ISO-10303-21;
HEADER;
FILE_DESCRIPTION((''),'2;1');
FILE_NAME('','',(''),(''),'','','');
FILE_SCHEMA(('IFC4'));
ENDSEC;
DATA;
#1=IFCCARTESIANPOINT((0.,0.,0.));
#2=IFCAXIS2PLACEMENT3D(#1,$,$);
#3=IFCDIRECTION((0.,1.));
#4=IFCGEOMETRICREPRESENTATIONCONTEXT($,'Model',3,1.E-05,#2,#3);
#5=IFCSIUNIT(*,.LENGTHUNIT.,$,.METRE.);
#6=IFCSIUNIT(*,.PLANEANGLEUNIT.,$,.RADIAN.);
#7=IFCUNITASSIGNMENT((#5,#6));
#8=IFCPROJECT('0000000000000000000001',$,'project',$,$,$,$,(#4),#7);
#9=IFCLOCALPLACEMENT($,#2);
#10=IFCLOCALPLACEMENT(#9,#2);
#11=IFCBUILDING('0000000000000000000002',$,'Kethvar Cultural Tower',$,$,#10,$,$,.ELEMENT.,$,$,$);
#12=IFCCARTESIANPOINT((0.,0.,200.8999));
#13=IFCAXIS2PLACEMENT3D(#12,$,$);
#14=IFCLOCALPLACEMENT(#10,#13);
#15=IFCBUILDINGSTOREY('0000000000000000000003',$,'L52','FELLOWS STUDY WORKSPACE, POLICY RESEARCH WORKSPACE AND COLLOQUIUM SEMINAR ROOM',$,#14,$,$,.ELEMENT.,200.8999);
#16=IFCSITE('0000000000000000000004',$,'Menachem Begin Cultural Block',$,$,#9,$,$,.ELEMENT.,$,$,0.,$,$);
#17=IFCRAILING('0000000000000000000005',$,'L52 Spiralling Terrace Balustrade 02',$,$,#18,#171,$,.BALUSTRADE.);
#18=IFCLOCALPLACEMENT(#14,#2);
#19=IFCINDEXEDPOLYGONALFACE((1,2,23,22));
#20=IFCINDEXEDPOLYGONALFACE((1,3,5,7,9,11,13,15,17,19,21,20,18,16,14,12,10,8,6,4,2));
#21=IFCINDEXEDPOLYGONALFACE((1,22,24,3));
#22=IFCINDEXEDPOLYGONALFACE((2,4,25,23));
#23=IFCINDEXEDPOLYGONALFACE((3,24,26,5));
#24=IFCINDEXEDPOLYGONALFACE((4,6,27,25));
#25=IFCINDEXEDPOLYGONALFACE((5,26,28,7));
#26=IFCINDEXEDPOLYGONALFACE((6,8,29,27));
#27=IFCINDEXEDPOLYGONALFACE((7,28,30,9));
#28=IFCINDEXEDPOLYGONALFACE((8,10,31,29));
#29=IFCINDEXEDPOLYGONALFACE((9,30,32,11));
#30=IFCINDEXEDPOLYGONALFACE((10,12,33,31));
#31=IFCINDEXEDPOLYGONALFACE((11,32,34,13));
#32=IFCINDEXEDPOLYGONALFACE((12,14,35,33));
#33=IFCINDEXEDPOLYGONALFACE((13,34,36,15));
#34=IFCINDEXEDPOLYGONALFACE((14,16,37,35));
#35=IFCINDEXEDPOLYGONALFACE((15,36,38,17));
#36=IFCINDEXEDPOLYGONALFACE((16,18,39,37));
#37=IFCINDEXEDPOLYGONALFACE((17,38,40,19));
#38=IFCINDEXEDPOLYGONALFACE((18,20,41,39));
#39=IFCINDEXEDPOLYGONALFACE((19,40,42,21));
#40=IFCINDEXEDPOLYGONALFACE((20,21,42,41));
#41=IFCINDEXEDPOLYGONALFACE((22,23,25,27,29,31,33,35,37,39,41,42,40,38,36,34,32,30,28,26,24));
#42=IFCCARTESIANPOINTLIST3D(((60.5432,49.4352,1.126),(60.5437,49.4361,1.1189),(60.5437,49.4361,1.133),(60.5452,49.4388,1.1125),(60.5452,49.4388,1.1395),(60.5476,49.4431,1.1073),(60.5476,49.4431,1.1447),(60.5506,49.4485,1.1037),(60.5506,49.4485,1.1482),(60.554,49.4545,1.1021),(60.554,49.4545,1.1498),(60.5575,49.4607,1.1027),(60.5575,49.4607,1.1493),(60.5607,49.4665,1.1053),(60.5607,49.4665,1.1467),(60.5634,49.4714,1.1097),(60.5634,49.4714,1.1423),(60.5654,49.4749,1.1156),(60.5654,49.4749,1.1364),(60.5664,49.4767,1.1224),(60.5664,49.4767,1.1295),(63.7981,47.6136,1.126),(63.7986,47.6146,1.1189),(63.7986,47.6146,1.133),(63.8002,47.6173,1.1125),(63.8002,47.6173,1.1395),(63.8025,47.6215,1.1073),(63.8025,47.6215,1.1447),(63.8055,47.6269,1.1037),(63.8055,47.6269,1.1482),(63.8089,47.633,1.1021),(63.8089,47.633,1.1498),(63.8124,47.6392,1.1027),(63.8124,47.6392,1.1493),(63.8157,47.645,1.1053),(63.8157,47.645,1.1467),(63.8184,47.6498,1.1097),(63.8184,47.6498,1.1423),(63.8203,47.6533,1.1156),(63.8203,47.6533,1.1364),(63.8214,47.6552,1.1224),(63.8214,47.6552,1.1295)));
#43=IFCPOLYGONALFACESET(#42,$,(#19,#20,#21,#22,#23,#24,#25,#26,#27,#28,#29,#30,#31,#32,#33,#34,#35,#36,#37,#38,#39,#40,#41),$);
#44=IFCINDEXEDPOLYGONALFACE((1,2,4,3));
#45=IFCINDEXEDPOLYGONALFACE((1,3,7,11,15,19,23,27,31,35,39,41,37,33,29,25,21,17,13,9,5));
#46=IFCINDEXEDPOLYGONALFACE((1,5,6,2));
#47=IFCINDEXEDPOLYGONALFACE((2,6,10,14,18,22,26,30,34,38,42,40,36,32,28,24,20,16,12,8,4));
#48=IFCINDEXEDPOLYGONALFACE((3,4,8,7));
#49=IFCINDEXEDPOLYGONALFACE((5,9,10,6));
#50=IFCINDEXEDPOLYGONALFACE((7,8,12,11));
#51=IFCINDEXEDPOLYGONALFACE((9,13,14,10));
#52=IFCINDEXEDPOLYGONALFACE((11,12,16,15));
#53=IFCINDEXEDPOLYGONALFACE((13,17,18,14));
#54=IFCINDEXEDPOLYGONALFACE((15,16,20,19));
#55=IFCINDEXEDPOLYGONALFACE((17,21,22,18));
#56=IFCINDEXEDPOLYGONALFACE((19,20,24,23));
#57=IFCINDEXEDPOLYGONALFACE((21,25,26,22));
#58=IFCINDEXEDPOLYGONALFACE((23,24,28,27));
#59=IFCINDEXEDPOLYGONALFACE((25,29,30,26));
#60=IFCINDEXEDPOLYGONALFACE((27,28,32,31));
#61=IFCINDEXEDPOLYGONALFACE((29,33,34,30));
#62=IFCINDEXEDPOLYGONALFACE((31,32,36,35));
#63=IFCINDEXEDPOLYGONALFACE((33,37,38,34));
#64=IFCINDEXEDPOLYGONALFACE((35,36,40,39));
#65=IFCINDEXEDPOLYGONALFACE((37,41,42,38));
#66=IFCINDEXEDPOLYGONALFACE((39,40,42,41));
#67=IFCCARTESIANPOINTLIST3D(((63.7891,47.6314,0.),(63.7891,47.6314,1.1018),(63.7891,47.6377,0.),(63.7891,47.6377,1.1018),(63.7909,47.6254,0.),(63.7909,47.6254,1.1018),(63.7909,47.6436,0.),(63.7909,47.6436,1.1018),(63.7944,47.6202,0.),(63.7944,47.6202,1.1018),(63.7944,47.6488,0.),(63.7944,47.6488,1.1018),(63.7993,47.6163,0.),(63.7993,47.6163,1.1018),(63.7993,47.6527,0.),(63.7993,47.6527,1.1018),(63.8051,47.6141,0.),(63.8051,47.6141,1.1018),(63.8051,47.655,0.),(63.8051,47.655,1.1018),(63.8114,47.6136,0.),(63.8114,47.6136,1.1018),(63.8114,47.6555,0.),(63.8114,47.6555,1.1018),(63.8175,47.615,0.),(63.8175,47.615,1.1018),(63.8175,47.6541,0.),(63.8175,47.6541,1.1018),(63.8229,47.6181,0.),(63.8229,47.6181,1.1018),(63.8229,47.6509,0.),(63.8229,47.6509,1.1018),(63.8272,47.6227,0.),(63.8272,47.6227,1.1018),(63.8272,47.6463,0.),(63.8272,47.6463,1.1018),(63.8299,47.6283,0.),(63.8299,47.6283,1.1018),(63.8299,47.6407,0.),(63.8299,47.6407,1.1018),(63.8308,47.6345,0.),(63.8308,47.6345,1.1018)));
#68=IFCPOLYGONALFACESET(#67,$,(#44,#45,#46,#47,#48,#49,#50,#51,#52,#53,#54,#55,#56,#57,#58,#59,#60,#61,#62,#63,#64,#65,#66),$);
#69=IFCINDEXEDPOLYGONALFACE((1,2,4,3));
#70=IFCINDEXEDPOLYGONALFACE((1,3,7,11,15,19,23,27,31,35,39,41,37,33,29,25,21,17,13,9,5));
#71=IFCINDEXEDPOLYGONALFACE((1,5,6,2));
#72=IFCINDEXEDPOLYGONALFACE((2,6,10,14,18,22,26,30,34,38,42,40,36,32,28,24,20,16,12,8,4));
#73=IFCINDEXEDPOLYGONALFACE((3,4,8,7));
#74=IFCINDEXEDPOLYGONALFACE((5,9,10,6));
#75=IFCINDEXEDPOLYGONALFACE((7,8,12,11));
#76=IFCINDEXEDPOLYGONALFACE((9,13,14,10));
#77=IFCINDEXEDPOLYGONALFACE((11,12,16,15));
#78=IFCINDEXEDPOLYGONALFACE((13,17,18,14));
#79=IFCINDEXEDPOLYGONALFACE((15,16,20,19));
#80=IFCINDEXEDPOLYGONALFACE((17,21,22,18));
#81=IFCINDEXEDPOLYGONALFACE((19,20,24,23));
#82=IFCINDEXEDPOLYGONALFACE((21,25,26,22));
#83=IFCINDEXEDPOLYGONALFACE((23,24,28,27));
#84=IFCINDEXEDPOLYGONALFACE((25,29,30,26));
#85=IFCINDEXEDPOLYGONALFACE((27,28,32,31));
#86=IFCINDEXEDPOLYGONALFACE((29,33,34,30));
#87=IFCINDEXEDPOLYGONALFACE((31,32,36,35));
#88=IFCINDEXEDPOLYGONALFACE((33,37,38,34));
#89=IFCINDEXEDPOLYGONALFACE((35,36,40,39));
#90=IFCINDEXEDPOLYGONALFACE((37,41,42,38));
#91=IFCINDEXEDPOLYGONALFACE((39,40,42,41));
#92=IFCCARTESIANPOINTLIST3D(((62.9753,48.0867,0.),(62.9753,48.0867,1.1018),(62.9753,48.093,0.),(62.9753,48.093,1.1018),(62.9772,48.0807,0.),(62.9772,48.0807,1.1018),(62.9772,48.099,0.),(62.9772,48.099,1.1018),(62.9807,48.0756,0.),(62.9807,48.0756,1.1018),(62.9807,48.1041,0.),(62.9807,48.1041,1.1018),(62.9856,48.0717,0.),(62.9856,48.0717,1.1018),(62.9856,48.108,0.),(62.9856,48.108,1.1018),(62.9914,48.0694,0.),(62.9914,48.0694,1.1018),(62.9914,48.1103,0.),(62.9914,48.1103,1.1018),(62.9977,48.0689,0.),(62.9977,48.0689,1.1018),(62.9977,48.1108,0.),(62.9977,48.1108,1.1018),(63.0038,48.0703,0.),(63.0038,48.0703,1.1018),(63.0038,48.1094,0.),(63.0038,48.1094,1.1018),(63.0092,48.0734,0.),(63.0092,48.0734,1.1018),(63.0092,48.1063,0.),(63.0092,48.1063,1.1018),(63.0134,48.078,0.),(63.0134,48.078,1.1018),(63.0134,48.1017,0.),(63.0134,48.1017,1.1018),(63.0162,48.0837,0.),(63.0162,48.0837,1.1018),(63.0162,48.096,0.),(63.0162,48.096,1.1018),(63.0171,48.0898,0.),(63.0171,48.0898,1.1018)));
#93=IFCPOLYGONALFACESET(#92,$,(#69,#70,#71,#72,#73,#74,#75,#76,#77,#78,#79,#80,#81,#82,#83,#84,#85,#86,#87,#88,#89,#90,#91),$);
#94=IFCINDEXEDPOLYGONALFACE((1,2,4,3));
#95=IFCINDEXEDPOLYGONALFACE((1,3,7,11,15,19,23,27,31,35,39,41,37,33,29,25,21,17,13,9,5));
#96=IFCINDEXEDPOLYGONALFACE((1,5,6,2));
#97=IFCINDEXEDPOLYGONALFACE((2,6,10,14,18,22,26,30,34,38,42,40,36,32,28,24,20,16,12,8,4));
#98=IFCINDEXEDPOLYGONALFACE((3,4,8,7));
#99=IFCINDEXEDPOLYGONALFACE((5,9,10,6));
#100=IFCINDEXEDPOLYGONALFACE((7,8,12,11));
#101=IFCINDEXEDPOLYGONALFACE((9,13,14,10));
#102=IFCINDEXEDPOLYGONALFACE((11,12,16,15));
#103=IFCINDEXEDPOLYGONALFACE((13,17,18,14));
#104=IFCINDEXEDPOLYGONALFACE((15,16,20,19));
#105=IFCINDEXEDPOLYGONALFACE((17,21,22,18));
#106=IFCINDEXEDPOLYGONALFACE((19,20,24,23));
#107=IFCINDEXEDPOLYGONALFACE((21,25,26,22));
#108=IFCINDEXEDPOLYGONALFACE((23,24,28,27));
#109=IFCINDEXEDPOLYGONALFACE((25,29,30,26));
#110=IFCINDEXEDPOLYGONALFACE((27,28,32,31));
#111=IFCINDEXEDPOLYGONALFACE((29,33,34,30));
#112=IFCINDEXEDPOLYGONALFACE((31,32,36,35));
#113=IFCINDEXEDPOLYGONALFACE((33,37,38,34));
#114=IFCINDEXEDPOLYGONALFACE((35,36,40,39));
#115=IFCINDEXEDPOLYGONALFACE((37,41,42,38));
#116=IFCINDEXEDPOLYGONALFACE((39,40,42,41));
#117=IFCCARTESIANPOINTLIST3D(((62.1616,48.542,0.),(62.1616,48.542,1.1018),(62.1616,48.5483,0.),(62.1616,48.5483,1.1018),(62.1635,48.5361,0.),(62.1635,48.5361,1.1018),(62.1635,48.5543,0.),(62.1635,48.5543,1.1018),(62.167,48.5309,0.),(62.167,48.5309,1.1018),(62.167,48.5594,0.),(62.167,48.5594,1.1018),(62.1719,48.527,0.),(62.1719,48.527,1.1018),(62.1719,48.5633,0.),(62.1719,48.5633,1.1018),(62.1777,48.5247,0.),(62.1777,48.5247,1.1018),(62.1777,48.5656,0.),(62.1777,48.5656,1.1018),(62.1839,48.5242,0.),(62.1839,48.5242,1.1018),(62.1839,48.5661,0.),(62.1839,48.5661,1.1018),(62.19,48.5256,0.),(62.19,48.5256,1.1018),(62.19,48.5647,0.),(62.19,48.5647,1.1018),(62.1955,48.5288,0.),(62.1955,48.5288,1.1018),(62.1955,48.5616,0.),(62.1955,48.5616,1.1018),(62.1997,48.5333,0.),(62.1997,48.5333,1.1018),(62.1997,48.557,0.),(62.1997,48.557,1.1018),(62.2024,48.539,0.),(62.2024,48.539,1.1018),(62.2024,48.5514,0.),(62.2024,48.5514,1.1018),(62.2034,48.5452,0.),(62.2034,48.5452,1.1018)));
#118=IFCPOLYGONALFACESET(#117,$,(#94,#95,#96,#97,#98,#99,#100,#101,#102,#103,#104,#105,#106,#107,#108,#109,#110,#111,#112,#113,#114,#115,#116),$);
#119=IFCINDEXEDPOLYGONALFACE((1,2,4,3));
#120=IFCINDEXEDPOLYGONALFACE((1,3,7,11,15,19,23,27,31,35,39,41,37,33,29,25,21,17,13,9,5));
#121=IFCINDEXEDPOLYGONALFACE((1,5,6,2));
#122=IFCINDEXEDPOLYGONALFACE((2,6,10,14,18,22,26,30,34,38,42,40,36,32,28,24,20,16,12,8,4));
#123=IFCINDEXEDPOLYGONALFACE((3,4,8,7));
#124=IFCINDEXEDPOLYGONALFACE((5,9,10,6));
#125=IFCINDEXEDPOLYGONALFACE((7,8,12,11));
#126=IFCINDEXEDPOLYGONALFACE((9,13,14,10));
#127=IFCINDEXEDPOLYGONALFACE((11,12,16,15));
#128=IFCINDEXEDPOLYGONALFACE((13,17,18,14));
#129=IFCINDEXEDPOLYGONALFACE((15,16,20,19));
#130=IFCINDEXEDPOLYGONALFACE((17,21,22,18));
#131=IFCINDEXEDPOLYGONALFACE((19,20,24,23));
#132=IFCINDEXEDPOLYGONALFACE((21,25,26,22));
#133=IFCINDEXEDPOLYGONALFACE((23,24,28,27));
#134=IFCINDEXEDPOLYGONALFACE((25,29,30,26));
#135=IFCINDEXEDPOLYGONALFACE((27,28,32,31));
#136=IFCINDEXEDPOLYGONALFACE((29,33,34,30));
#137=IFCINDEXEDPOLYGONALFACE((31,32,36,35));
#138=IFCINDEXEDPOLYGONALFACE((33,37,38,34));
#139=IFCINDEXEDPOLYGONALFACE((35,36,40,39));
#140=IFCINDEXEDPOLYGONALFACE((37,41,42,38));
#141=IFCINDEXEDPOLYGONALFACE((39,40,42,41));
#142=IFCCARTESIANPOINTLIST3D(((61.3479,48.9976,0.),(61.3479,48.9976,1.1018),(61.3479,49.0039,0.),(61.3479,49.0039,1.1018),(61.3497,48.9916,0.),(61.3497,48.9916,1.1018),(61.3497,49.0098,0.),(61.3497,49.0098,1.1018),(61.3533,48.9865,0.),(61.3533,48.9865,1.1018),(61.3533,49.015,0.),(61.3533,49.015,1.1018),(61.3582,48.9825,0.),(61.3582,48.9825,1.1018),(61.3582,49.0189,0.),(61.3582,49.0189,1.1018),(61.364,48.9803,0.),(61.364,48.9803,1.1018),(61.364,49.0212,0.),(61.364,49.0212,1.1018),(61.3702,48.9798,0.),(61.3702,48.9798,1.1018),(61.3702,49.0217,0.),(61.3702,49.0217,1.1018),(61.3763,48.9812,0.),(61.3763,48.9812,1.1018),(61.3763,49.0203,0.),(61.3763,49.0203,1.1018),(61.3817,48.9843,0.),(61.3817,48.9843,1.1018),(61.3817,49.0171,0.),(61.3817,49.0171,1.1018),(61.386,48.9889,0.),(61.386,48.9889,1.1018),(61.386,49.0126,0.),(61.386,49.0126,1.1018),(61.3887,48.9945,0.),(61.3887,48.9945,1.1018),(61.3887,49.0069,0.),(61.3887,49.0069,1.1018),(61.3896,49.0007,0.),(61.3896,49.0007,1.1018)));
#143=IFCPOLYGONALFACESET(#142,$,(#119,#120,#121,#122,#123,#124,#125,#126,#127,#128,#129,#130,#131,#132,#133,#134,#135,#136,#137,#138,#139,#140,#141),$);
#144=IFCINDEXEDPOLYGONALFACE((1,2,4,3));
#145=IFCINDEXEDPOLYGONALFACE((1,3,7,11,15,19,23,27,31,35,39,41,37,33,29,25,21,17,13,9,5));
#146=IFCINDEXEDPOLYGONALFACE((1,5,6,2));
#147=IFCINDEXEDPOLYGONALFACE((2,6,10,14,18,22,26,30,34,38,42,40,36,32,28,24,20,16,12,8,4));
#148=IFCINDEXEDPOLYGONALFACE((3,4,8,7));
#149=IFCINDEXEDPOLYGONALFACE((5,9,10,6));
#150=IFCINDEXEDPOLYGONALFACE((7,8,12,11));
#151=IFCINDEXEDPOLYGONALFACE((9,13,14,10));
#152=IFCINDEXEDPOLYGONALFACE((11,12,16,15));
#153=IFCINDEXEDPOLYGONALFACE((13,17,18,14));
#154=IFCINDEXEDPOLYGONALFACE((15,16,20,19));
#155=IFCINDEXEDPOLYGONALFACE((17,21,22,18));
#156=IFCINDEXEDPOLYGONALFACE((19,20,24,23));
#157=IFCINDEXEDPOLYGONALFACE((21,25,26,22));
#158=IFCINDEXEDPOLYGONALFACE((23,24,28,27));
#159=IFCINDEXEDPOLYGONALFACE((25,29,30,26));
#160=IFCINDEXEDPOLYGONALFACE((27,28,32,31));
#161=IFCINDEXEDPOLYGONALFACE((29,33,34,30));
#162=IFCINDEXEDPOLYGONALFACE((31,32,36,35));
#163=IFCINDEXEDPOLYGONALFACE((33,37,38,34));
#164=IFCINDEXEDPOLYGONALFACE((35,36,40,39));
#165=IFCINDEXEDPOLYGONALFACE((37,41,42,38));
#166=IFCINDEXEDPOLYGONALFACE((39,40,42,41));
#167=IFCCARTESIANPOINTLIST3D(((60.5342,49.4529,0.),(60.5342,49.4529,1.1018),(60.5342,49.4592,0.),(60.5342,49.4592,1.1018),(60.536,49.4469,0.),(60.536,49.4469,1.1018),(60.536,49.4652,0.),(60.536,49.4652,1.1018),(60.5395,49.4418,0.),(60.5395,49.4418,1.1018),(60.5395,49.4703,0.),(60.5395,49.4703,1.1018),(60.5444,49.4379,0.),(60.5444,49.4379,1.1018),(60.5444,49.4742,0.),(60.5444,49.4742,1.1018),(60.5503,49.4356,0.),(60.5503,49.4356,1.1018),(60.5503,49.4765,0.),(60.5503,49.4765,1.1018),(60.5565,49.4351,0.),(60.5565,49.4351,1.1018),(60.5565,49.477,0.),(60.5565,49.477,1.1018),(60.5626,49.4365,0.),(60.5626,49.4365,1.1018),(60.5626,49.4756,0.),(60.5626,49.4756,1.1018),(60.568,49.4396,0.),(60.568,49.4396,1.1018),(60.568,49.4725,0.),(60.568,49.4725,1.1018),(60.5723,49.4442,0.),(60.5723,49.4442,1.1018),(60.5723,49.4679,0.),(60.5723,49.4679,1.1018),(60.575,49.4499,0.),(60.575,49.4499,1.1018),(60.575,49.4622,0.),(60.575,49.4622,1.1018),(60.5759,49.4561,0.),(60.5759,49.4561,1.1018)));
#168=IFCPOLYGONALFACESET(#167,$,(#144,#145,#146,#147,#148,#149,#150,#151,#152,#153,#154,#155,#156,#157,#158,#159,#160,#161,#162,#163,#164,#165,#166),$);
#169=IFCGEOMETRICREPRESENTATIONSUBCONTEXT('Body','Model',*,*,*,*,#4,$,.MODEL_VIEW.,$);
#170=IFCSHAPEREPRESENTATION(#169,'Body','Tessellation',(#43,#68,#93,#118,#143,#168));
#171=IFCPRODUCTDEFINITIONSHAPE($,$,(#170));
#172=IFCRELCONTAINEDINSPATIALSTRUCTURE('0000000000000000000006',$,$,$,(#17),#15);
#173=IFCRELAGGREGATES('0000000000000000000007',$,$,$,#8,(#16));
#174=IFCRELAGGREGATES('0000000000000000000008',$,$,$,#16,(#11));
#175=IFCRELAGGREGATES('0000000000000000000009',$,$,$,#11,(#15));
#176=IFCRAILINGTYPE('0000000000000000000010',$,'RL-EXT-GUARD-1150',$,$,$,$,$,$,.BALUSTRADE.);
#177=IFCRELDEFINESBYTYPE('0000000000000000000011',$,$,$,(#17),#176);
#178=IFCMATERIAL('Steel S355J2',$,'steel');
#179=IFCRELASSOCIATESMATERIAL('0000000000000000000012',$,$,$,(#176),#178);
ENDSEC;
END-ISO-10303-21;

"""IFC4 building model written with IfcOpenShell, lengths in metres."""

from ifc_helpers import new_model, si_unit, direction, frame, origin, origin_2d, place, context, subcontext, project, spatial, circle, extrude, material, type_object, element, save


model = new_model("IFC4")

# Units and contexts
model_context = context("Model", 3, precision=1e-05, world=origin(), true_north=direction((0.0, 1.0)))
body_context = subcontext(model_context, "Body", "Model", "MODEL_VIEW")
ifc_project = project(units=[si_unit("LENGTHUNIT", "METRE"), si_unit("PLANEANGLEUNIT", "RADIAN")], contexts=[model_context])

# Site, building, storey
site_placement = place(None, origin())
site = spatial("IfcSite", under=ifc_project, at=site_placement, Name="Menachem Begin Cultural Block", CompositionType="ELEMENT", RefElevation=0.0)
building_placement = place(site_placement, origin())
building = spatial("IfcBuilding", under=site, at=building_placement, Name="Kethvar Cultural Tower", CompositionType="ELEMENT")
storey_placement = place(building_placement, frame((0.0, 0.0, 200.8999)))
storey = spatial("IfcBuildingStorey", under=building, at=storey_placement, Name="L52", Description="FELLOWS STUDY WORKSPACE, POLICY RESEARCH WORKSPACE AND COLLOQUIUM SEMINAR ROOM", CompositionType="ELEMENT", Elevation=200.8999)

# Shared definitions
ifc_material_1 = material(Name="Steel S355J2", Category="steel")

# Railing
railing_type = type_object("IfcRailingType", Name="RL-EXT-GUARD-1150", PredefinedType="BALUSTRADE", material=ifc_material_1)
railing_1_placement = place(storey_placement, frame((63.8098, 47.6345, 0.0)))
element("IfcRailing", 1, at=railing_1_placement, inside=storey, type_object=railing_type, Name="L52 Spiralling Terrace Balustrade 02", PredefinedType="BALUSTRADE", context=body_context, shape_type="SweptSolid", body=[
    extrude(circle(Radius=0.0239, at=origin_2d()), frame((0.0, 0.0, 1.126), z_axis=(-0.872643, 0.488358, 0.0), x_axis=(-0.488358, -0.872643, 0.0)), (0.0, 0.0, 1.0), 3.73),
    extrude(circle(Radius=0.021, at=origin_2d()), origin(), (0.0, 0.0, 1.0), 1.1018),
    extrude(circle(Radius=0.021, at=origin_2d()), frame((-0.8137, 0.4553, 0.0)), (0.0, 0.0, 1.0), 1.1018),
    extrude(circle(Radius=0.021, at=origin_2d()), frame((-1.6274, 0.9106, 0.0)), (0.0, 0.0, 1.0), 1.1018),
    extrude(circle(Radius=0.021, at=origin_2d()), frame((-2.4412, 1.3662, 0.0)), (0.0, 0.0, 1.0), 1.1018),
    extrude(circle(Radius=0.021, at=origin_2d()), frame((-3.2549, 1.8215, 0.0)), (0.0, 0.0, 1.0), 1.1018),
])

save(model, "model.ifc")
